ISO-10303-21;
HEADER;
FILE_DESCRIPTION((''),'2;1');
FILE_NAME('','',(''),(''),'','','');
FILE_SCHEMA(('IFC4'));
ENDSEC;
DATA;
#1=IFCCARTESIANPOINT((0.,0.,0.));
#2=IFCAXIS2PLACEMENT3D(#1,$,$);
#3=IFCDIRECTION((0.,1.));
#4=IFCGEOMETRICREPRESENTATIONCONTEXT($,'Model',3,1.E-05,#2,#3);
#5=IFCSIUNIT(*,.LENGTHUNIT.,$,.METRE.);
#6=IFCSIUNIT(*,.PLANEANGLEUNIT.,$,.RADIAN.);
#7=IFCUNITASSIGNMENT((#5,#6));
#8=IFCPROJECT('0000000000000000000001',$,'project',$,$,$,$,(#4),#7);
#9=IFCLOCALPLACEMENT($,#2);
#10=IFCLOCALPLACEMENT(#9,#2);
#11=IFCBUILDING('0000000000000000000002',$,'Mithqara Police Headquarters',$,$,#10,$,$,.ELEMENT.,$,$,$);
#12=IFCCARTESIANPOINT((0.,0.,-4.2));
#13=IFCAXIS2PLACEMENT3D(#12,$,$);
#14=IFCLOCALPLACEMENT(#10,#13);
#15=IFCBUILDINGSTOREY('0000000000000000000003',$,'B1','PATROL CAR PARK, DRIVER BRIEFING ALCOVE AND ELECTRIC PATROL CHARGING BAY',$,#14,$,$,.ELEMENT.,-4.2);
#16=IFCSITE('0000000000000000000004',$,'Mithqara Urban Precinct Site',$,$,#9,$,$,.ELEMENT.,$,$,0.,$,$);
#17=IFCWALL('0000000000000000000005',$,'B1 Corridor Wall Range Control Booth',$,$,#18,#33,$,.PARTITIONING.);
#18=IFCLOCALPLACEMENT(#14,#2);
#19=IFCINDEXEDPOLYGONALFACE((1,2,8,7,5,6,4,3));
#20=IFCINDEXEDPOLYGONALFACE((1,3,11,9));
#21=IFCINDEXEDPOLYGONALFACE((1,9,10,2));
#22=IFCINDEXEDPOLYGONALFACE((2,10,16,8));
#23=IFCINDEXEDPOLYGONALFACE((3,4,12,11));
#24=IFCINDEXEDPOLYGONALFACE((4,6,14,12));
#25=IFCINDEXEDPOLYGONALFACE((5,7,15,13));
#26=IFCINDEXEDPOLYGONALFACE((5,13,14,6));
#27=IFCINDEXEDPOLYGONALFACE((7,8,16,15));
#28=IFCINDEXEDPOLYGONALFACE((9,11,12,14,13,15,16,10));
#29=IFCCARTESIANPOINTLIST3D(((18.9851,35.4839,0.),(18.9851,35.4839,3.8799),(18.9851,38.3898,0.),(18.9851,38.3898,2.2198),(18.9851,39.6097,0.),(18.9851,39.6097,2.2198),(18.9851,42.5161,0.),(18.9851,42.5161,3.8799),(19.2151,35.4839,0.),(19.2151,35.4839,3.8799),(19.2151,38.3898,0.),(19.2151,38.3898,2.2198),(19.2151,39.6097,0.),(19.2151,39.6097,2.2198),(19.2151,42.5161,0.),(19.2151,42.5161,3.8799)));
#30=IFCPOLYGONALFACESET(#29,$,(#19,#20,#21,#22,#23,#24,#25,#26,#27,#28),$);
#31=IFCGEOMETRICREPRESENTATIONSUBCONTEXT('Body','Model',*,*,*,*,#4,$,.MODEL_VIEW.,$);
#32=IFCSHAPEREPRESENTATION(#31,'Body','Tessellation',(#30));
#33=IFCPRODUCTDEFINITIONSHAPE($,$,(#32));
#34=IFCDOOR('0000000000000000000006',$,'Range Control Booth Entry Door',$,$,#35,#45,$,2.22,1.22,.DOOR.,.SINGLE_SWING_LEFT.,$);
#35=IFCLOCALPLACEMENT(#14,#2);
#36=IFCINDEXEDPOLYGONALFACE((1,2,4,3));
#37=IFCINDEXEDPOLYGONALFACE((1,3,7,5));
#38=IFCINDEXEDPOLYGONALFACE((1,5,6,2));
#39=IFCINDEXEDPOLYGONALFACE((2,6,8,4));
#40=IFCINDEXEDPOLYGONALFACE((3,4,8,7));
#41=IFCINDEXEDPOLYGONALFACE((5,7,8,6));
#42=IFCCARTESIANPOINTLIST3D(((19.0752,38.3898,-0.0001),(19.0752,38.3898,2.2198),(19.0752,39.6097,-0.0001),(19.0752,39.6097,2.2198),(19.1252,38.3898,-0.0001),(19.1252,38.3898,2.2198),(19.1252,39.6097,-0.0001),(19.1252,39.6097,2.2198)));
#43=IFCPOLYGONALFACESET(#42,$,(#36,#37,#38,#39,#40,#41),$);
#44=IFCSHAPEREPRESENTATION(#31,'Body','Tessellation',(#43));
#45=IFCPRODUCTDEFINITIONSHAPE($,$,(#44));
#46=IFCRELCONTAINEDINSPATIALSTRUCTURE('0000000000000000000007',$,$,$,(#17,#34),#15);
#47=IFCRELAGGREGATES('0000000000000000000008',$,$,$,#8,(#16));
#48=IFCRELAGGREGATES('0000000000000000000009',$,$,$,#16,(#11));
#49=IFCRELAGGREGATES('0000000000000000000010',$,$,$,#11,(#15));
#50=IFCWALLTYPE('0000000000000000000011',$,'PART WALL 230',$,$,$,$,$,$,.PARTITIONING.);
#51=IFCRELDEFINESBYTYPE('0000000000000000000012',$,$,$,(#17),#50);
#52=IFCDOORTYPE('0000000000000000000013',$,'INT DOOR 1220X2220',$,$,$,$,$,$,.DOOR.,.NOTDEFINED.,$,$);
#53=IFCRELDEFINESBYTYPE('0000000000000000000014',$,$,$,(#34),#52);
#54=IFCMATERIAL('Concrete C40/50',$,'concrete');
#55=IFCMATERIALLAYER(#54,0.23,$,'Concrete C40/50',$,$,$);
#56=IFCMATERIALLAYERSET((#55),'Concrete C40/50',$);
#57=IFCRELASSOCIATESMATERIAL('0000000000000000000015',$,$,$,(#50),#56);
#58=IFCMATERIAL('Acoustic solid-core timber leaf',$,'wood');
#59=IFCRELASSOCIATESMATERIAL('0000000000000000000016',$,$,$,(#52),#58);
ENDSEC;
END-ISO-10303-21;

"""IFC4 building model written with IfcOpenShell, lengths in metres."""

from ifc_helpers import new_model, si_unit, direction, frame, frame_2d, origin, place, context, subcontext, project, spatial, rectangle, extrude, material, layer, layer_set, type_object, element, fill, save


model = new_model("IFC4")

# Units and contexts
model_context = context("Model", 3, precision=1e-05, world=origin(), true_north=direction((0.0, 1.0)))
body_context = subcontext(model_context, "Body", "Model", "MODEL_VIEW")
ifc_project = project(units=[si_unit("LENGTHUNIT", "METRE"), si_unit("PLANEANGLEUNIT", "RADIAN")], contexts=[model_context])

# Site, building, storey
site_placement = place(None, origin())
site = spatial("IfcSite", under=ifc_project, at=site_placement, Name="Mithqara Urban Precinct Site", CompositionType="ELEMENT", RefElevation=0.0)
building_placement = place(site_placement, origin())
building = spatial("IfcBuilding", under=site, at=building_placement, Name="Mithqara Police Headquarters", CompositionType="ELEMENT")
storey_placement = place(building_placement, frame((0.0, 0.0, -4.2)))
storey = spatial("IfcBuildingStorey", under=building, at=storey_placement, Name="B1", Description="PATROL CAR PARK, DRIVER BRIEFING ALCOVE AND ELECTRIC PATROL CHARGING BAY", CompositionType="ELEMENT", Elevation=-4.2)

# Shared definitions
ifc_material_1 = material(Name="Concrete C40/50", Category="concrete")

# Shared definitions
ifc_layer = layer(ifc_material_1, 0.23, Name="Concrete C40/50")
ifc_layer_set = layer_set([ifc_layer], Name="Concrete C40/50")
wall_type = type_object("IfcWallType", Name="PART WALL 230", PredefinedType="PARTITIONING", material=ifc_layer_set)
ifc_material_2 = material(Name="Acoustic solid-core timber leaf", Category="wood")

# Wall, opening, door
wall_1_placement = place(storey_placement, frame((19.1001, 35.4839, 0.0), z_axis=(0.0, 0.0, 1.0), x_axis=(0.0, 1.0, 0.0)))
wall_1 = element("IfcWall", 1, at=wall_1_placement, inside=storey, type_object=wall_type, Name="B1 Corridor Wall Range Control Booth", PredefinedType="PARTITIONING", context=body_context, shape_type="SweptSolid", body=[
    extrude(rectangle(XDim=7.0322, YDim=0.23, at=frame_2d((3.5161, 0.0))), origin(), (0.0, 0.0, 1.0), 3.8799),
])
opening_1_placement = place(wall_1_placement, frame((2.906, 0.0, 0.0)))
opening_1 = element("IfcOpeningElement", 2, at=opening_1_placement, cuts=wall_1, PredefinedType="OPENING", context=body_context, shape_type="SweptSolid", body=[
    extrude(rectangle(XDim=1.22, YDim=2.22, at=frame_2d((0.6099, 1.1099))), frame((0.0, 0.125, 0.0), z_axis=(0.0, -1.0, 0.0), x_axis=(1.0, 0.0, 0.0)), (0.0, 0.0, 1.0), 0.25),
])
door_type_1 = type_object("IfcDoorType", Name="INT DOOR 1220X2220", OperationType="NOTDEFINED", PredefinedType="DOOR", material=ifc_material_2)
door_1_placement = place(opening_1_placement, origin())
door_1 = element("IfcDoor", 3, at=door_1_placement, inside=storey, type_object=door_type_1, Name="Range Control Booth Entry Door", OperationType="SINGLE_SWING_LEFT", OverallHeight=2.22, OverallWidth=1.22, PredefinedType="DOOR", context=body_context, shape_type="SweptSolid", body=[
    extrude(rectangle(XDim=1.22, YDim=2.22, at=frame_2d((0.6099, 1.1099))), frame((0.0, 0.0249, 0.0), z_axis=(0.0, -1.0, 0.0), x_axis=(1.0, 0.0, 0.0)), (0.0, 0.0, 1.0), 0.05),
])
fill(opening_1, door_1)

save(model, "model.ifc")
